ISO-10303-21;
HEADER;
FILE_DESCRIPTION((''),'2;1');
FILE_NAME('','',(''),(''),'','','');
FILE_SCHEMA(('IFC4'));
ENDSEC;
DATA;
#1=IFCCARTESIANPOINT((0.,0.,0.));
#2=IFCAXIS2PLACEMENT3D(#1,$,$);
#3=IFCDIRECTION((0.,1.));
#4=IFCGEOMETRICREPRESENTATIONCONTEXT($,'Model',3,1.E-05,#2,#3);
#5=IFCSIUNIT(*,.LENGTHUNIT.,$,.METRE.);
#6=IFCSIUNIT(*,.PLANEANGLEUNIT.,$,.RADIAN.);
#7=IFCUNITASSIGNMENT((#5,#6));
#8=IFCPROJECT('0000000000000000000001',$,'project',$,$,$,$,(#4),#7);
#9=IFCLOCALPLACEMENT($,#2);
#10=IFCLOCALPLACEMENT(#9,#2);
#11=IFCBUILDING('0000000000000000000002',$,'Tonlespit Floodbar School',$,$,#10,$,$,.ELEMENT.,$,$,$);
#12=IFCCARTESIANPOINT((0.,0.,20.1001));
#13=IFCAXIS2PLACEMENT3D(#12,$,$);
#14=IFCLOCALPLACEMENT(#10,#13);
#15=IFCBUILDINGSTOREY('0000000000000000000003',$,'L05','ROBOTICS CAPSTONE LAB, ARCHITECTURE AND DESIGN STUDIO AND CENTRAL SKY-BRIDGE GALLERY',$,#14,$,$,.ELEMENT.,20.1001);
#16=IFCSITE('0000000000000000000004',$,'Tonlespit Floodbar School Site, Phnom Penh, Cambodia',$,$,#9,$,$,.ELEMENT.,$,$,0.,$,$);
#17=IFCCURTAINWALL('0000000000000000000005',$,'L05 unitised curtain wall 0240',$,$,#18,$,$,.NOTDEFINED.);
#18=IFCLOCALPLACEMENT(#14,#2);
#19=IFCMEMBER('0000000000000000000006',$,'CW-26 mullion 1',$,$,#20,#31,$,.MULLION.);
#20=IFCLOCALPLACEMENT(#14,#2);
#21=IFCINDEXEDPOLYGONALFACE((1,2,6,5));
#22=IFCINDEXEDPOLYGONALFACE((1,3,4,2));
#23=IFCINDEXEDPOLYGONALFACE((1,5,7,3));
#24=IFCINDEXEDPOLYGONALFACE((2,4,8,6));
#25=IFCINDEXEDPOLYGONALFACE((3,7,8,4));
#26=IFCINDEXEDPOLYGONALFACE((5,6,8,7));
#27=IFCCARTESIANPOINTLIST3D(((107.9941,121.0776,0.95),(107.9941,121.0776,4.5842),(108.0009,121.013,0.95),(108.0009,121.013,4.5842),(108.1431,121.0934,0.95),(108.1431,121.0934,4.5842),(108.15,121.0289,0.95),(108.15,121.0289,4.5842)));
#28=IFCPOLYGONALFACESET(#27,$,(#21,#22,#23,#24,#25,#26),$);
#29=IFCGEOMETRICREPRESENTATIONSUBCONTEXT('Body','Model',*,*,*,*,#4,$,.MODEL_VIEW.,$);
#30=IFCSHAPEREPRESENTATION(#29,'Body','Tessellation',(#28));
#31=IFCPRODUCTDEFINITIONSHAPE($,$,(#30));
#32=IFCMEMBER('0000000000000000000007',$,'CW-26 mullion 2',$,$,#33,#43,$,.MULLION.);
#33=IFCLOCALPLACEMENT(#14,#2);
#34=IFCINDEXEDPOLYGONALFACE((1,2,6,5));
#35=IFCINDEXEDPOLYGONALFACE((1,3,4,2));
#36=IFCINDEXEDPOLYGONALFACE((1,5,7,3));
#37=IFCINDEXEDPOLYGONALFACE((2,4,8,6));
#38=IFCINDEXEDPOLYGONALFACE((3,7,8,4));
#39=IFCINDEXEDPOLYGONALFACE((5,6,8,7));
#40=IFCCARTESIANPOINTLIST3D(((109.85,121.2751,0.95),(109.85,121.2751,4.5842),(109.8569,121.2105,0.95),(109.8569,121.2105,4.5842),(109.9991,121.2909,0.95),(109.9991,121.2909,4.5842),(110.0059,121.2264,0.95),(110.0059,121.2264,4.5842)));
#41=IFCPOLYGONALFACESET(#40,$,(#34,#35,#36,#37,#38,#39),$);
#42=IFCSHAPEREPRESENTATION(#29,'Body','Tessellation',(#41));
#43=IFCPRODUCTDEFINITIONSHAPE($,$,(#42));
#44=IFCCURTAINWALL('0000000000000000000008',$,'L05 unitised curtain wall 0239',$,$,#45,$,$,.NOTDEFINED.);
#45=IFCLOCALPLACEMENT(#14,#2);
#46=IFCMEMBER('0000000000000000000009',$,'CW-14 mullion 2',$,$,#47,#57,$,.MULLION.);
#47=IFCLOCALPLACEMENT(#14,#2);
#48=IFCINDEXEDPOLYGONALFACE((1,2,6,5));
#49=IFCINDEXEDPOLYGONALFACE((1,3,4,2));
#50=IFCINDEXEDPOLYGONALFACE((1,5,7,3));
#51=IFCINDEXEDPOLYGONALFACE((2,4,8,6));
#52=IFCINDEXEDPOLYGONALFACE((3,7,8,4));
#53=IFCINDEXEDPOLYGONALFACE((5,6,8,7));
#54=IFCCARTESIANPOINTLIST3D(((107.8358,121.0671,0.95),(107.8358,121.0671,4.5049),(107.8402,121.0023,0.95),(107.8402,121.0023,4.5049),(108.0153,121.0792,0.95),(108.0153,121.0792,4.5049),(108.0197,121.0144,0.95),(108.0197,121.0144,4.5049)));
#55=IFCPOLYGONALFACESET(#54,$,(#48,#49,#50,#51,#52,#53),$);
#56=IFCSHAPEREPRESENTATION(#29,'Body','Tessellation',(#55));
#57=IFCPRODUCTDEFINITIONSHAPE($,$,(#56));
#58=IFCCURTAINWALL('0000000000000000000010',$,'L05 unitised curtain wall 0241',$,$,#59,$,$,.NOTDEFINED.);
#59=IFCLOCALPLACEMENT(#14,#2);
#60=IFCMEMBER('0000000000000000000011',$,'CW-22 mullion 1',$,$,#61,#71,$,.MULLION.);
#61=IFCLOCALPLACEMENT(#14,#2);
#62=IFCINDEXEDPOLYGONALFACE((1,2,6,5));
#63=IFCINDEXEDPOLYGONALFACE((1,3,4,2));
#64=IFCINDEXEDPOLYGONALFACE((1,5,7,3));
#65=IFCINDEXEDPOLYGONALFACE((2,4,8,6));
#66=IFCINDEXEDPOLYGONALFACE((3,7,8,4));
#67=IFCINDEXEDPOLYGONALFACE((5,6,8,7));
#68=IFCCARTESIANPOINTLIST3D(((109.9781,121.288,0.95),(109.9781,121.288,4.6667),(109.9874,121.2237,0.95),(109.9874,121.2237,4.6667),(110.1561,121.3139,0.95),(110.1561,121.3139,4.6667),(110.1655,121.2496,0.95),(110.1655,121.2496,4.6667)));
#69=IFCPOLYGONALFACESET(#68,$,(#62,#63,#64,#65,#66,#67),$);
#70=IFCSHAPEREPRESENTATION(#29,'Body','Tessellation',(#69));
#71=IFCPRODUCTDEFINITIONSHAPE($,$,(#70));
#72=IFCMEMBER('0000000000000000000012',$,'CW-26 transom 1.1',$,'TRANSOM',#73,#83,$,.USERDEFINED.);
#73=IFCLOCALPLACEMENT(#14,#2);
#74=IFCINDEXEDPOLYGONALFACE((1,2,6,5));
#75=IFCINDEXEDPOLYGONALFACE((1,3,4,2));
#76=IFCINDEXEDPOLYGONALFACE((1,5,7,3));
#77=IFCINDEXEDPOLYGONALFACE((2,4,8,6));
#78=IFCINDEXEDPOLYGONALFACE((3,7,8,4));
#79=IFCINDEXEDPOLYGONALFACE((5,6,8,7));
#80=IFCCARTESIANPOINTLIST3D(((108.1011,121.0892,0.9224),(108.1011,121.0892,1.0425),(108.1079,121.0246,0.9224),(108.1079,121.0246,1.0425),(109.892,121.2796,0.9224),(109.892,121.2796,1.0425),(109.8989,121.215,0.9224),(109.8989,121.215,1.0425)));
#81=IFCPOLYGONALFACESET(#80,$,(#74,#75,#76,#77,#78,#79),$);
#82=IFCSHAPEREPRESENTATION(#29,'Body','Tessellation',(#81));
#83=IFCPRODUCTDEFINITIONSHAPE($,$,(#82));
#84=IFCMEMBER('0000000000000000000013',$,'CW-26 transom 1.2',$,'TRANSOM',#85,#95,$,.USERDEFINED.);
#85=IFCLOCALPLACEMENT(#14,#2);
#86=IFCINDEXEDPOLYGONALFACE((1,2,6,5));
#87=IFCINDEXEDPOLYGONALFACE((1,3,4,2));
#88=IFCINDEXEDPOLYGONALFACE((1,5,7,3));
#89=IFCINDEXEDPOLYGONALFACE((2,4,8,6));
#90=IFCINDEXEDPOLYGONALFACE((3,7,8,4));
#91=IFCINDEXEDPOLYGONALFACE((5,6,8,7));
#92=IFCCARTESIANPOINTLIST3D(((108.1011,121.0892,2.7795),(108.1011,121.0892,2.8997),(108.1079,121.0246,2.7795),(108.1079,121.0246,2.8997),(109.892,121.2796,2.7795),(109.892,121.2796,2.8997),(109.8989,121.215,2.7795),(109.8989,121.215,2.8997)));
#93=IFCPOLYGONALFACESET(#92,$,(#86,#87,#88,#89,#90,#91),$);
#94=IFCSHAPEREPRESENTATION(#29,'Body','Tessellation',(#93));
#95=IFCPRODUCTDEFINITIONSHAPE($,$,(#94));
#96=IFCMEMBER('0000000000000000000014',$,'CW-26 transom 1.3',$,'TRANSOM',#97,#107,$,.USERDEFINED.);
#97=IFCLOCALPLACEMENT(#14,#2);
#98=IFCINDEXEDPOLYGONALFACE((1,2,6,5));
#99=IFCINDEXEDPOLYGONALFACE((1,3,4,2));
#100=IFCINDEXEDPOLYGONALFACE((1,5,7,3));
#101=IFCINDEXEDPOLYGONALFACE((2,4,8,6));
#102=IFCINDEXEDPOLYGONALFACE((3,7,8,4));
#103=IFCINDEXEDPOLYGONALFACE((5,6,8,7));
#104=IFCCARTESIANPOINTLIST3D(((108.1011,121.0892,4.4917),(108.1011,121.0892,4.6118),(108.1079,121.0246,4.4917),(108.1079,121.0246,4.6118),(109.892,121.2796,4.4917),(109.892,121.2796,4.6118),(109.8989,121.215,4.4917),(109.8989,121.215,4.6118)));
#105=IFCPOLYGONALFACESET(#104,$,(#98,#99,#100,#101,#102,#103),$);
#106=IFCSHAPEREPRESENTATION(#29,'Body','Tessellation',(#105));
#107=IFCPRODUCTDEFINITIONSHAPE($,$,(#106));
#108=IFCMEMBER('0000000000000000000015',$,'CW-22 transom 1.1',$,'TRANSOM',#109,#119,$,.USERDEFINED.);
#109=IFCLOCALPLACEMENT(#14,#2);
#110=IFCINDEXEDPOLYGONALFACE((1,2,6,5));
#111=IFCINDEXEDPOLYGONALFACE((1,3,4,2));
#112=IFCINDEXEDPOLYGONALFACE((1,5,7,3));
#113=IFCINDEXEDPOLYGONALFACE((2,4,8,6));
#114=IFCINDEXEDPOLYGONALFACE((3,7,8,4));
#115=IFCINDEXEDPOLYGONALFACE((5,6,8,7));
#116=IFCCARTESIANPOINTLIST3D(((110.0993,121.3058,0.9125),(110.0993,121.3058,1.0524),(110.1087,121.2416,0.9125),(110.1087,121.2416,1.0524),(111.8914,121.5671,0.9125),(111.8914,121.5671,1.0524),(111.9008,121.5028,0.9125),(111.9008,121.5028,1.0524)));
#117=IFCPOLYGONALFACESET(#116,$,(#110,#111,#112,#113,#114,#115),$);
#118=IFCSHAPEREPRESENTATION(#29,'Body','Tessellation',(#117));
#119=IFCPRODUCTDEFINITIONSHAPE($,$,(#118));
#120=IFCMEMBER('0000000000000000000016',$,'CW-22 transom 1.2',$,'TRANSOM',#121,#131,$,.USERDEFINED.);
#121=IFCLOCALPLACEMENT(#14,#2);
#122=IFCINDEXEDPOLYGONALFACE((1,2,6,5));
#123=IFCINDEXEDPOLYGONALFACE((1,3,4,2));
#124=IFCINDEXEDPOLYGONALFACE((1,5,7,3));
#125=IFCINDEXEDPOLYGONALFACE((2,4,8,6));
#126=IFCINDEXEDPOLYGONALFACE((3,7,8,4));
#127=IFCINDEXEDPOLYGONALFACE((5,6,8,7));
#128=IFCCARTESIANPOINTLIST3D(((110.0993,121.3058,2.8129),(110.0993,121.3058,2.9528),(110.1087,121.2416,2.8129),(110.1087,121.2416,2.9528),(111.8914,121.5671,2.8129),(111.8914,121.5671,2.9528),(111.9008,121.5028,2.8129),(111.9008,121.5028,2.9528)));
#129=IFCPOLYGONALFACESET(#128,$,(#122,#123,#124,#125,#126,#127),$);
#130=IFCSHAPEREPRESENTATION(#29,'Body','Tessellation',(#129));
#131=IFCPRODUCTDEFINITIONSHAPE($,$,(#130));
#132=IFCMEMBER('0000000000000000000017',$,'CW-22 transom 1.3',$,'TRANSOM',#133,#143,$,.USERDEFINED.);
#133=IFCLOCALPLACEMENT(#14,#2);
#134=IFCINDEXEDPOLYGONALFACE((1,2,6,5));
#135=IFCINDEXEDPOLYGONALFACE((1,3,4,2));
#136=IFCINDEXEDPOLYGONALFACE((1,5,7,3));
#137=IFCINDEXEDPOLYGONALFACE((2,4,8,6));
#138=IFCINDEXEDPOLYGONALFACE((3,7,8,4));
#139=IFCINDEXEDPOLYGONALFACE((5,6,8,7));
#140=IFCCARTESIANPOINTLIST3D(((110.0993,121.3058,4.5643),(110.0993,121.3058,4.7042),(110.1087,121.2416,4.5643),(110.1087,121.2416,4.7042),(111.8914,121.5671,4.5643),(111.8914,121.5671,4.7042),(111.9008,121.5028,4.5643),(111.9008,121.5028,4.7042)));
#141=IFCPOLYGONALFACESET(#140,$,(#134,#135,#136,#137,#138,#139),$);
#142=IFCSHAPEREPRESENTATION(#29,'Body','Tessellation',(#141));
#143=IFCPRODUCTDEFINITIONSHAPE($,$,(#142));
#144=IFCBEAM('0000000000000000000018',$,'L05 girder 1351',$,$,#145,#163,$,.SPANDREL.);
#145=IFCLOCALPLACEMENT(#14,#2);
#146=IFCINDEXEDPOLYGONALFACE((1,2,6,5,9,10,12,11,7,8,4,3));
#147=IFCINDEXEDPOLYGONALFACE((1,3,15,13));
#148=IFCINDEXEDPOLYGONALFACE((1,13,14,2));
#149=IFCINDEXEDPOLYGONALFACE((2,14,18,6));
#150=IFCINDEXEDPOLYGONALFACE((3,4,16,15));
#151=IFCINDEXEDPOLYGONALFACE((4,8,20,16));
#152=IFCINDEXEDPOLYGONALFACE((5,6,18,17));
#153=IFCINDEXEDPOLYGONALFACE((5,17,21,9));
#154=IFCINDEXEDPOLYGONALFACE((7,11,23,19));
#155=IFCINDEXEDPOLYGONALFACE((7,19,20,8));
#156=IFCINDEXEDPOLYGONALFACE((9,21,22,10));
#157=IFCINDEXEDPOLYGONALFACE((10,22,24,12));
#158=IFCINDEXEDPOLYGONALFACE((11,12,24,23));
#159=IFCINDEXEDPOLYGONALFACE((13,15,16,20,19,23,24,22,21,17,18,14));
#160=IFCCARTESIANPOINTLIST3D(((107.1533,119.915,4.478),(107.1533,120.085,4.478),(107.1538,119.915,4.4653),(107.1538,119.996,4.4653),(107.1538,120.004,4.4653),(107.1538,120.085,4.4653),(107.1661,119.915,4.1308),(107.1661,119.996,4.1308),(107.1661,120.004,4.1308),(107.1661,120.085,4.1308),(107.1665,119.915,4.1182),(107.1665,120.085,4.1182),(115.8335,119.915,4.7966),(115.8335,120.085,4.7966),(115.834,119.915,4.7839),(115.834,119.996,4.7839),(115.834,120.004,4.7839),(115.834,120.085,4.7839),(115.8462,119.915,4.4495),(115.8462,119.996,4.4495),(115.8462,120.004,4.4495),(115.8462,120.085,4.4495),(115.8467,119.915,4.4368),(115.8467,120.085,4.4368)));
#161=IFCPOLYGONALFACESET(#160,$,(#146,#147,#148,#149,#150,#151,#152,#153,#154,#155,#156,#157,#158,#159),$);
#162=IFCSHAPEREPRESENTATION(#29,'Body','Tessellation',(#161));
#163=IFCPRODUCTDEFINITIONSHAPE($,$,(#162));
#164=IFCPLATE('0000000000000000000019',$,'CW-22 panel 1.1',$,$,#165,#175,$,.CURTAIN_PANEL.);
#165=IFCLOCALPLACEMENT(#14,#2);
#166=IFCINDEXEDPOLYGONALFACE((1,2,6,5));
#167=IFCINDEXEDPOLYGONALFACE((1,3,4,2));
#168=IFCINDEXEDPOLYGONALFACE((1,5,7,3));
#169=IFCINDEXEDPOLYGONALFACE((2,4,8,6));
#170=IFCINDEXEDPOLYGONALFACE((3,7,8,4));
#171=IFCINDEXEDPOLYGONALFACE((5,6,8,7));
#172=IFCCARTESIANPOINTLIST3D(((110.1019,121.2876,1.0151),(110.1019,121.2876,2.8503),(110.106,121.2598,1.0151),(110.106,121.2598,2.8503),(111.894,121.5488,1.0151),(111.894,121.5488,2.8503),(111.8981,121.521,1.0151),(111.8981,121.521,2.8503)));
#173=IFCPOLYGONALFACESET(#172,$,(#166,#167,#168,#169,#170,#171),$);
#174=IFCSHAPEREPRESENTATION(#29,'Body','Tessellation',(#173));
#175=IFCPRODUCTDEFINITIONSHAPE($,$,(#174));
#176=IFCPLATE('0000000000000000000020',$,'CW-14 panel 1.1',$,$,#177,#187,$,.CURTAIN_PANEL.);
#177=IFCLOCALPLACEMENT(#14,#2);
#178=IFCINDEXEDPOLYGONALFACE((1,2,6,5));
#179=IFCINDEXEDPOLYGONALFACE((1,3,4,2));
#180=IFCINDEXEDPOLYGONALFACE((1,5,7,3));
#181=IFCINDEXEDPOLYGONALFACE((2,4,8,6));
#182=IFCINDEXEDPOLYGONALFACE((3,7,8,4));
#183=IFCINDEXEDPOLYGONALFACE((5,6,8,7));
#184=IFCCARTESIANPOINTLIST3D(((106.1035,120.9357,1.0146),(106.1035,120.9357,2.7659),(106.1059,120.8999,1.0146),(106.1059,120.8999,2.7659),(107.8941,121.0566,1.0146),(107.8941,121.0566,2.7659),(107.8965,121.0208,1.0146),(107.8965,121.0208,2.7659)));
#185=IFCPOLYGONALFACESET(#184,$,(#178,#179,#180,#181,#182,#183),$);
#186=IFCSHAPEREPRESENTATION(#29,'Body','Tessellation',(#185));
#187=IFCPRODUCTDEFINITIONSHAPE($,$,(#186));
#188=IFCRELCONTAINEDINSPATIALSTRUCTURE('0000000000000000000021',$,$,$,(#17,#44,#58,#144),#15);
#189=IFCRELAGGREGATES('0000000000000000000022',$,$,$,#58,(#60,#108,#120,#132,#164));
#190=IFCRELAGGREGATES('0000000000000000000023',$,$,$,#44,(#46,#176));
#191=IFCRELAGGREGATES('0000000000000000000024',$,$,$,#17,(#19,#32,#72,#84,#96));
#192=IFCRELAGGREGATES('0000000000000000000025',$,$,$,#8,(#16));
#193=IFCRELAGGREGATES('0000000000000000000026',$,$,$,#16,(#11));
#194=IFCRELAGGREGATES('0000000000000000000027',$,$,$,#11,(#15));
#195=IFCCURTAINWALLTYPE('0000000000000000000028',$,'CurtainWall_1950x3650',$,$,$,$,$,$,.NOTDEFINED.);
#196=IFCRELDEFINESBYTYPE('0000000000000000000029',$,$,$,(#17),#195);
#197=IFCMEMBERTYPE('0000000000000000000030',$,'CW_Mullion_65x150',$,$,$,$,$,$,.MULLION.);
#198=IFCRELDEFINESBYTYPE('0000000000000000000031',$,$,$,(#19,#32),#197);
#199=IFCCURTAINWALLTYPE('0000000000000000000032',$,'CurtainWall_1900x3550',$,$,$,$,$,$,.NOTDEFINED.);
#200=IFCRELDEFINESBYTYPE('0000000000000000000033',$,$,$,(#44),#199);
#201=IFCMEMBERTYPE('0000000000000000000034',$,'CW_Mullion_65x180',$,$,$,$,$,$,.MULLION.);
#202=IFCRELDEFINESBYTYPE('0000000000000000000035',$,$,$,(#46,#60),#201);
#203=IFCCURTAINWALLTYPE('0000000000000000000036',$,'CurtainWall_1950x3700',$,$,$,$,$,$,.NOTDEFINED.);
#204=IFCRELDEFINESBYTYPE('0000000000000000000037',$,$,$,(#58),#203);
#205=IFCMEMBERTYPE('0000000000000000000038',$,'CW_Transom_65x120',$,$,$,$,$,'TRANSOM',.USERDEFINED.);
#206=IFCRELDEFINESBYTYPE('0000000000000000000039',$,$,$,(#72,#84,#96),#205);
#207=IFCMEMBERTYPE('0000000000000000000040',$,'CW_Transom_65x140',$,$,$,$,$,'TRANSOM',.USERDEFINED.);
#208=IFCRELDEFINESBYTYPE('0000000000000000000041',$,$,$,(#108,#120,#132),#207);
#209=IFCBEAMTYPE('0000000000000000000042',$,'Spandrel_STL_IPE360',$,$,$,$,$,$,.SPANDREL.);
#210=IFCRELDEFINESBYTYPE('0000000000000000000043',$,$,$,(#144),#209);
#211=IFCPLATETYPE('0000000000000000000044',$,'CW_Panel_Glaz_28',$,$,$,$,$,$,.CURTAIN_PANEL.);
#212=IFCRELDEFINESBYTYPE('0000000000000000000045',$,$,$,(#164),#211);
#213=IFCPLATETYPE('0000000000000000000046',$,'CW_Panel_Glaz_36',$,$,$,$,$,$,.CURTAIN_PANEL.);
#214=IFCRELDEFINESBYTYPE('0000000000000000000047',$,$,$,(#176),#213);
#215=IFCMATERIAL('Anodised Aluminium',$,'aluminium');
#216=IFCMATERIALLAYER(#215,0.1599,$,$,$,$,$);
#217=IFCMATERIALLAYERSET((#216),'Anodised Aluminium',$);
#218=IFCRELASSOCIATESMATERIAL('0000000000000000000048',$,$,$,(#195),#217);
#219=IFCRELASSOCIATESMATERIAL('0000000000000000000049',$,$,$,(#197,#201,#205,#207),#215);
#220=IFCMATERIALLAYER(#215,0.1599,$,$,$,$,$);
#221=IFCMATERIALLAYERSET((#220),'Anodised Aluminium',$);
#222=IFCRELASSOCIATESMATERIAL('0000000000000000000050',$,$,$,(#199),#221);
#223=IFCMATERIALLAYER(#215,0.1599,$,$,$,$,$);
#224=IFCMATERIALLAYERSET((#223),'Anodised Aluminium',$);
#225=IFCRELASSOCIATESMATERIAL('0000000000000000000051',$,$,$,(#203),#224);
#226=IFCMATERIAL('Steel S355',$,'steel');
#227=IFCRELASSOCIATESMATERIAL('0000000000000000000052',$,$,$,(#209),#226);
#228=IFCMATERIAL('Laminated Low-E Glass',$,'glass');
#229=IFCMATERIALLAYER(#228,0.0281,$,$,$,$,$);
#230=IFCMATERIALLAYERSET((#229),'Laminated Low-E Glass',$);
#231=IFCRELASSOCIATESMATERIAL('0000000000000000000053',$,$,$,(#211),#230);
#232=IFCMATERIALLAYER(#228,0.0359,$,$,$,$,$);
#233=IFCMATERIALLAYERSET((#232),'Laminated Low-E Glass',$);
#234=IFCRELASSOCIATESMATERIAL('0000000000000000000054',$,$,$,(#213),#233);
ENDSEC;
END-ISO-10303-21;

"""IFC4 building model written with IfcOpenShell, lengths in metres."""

from ifc_helpers import new_model, si_unit, direction, frame, origin, origin_2d, place, context, subcontext, project, spatial, rectangle, i_section, extrude, material, layer, layer_set, material_profile, profile_set, type_object, element, aggregate, save


model = new_model("IFC4")

# Units and contexts
model_context = context("Model", 3, precision=1e-05, world=origin(), true_north=direction((0.0, 1.0)))
body_context = subcontext(model_context, "Body", "Model", "MODEL_VIEW")
ifc_project = project(units=[si_unit("LENGTHUNIT", "METRE"), si_unit("PLANEANGLEUNIT", "RADIAN")], contexts=[model_context])

# Site, building, storey
site_placement = place(None, origin())
site = spatial("IfcSite", under=ifc_project, at=site_placement, Name="Tonlespit Floodbar School Site, Phnom Penh, Cambodia", CompositionType="ELEMENT", RefElevation=0.0)
building_placement = place(site_placement, origin())
building = spatial("IfcBuilding", under=site, at=building_placement, Name="Tonlespit Floodbar School", CompositionType="ELEMENT")
storey_placement = place(building_placement, frame((0.0, 0.0, 20.1001)))
storey = spatial("IfcBuildingStorey", under=building, at=storey_placement, Name="L05", Description="ROBOTICS CAPSTONE LAB, ARCHITECTURE AND DESIGN STUDIO AND CENTRAL SKY-BRIDGE GALLERY", CompositionType="ELEMENT", Elevation=20.1001)

# Curtain wall, members
ifc_material_1 = material(Name="Anodised Aluminium", Category="aluminium")
ifc_layer_1 = layer(ifc_material_1, 0.1599)
ifc_layer_set_1 = layer_set([ifc_layer_1], Name="Anodised Aluminium")
curtain_wall_type_1 = type_object("IfcCurtainWallType", Name="CurtainWall_1950x3650", PredefinedType="NOTDEFINED", material=ifc_layer_set_1)
curtain_wall_1_placement = place(storey_placement, origin())
curtain_wall_1 = element("IfcCurtainWall", 1, at=curtain_wall_1_placement, inside=storey, type_object=curtain_wall_type_1, Name="L05 unitised curtain wall 0240", PredefinedType="NOTDEFINED")
ifc_material_profile_1 = material_profile(ifc_material_1, rectangle(XDim=0.0649, YDim=0.1499, at=origin_2d()), Name="ALU M65x150")
ifc_profile_set_1 = profile_set([ifc_material_profile_1], Name="Anodised Aluminium")
member_type_1 = type_object("IfcMemberType", Name="CW_Mullion_65x150", PredefinedType="MULLION", material=ifc_profile_set_1)
member_1_placement = place(storey_placement, frame((108.072, 121.0532, 0.95), z_axis=(0.0, 0.0, 1.0), x_axis=(-0.105787, 0.994389, 0.0)))
member_1 = element("IfcMember", 2, at=member_1_placement, type_object=member_type_1, Name="CW-26 mullion 1", PredefinedType="MULLION", context=body_context, shape_type="SweptSolid", body=[
    extrude(rectangle(XDim=0.0649, YDim=0.1499, at=origin_2d()), origin(), (0.0, 0.0, 1.0), 3.6343),
])
member_2_placement = place(storey_placement, frame((109.928, 121.2507, 0.95), z_axis=(0.0, 0.0, 1.0), x_axis=(-0.105787, 0.994389, 0.0)))
member_2 = element("IfcMember", 3, at=member_2_placement, type_object=member_type_1, Name="CW-26 mullion 2", PredefinedType="MULLION", context=body_context, shape_type="SweptSolid", body=[
    extrude(rectangle(XDim=0.0649, YDim=0.1499, at=origin_2d()), origin(), (0.0, 0.0, 1.0), 3.6343),
])

# Curtain walls, members
ifc_layer_2 = layer(ifc_material_1, 0.1599)
ifc_layer_set_2 = layer_set([ifc_layer_2], Name="Anodised Aluminium")
curtain_wall_type_2 = type_object("IfcCurtainWallType", Name="CurtainWall_1900x3550", PredefinedType="NOTDEFINED", material=ifc_layer_set_2)
curtain_wall_2_placement = place(storey_placement, origin())
curtain_wall_2 = element("IfcCurtainWall", 4, at=curtain_wall_2_placement, inside=storey, type_object=curtain_wall_type_2, Name="L05 unitised curtain wall 0239", PredefinedType="NOTDEFINED")
ifc_material_profile_2 = material_profile(ifc_material_1, rectangle(XDim=0.0649, YDim=0.1799, at=origin_2d()), Name="ALU M65x180")
ifc_profile_set_2 = profile_set([ifc_material_profile_2], Name="Anodised Aluminium")
member_type_2 = type_object("IfcMemberType", Name="CW_Mullion_65x180", PredefinedType="MULLION", material=ifc_profile_set_2)
member_3_placement = place(storey_placement, frame((107.9277, 121.0408, 0.95), z_axis=(0.0, 0.0, 1.0), x_axis=(-0.06734, 0.99773, 0.0)))
member_3 = element("IfcMember", 5, at=member_3_placement, type_object=member_type_2, Name="CW-14 mullion 2", PredefinedType="MULLION", context=body_context, shape_type="SweptSolid", body=[
    extrude(rectangle(XDim=0.0649, YDim=0.1799, at=origin_2d()), origin(), (0.0, 0.0, 1.0), 3.5549),
])
ifc_layer_3 = layer(ifc_material_1, 0.1599)
ifc_layer_set_3 = layer_set([ifc_layer_3], Name="Anodised Aluminium")
curtain_wall_type_3 = type_object("IfcCurtainWallType", Name="CurtainWall_1950x3700", PredefinedType="NOTDEFINED", material=ifc_layer_set_3)
curtain_wall_3_placement = place(storey_placement, origin())
curtain_wall_3 = element("IfcCurtainWall", 6, at=curtain_wall_3_placement, inside=storey, type_object=curtain_wall_type_3, Name="L05 unitised curtain wall 0241", PredefinedType="NOTDEFINED")
member_4_placement = place(storey_placement, frame((110.0718, 121.2688, 0.95), z_axis=(0.0, 0.0, 1.0), x_axis=(-0.144248, 0.989542, 0.0)))
member_4 = element("IfcMember", 7, at=member_4_placement, type_object=member_type_2, Name="CW-22 mullion 1", PredefinedType="MULLION", context=body_context, shape_type="SweptSolid", body=[
    extrude(rectangle(XDim=0.0649, YDim=0.1799, at=origin_2d()), origin(), (0.0, 0.0, 1.0), 3.7168),
])

# Members
ifc_material_profile_3 = material_profile(ifc_material_1, rectangle(XDim=0.0649, YDim=0.1201, at=origin_2d()), Name="ALU T65x120")
ifc_profile_set_3 = profile_set([ifc_material_profile_3], Name="Anodised Aluminium")
member_type_3 = type_object("IfcMemberType", Name="CW_Transom_65x120", ElementType="TRANSOM", PredefinedType="USERDEFINED", material=ifc_profile_set_3)
member_5_placement = place(storey_placement, frame((108.1045, 121.0569, 0.9824), z_axis=(0.994395, 0.105729, 0.0), x_axis=(-0.105729, 0.994395, 0.0)))
member_5 = element("IfcMember", 8, at=member_5_placement, type_object=member_type_3, Name="CW-26 transom 1.1", ObjectType="TRANSOM", PredefinedType="USERDEFINED", context=body_context, shape_type="SweptSolid", body=[
    extrude(rectangle(XDim=0.0649, YDim=0.1201, at=origin_2d()), origin(), (0.0, 0.0, 1.0), 1.801),
])
member_6_placement = place(storey_placement, frame((108.1045, 121.0569, 2.8396), z_axis=(0.994395, 0.105729, 0.0), x_axis=(-0.105729, 0.994395, 0.0)))
member_6 = element("IfcMember", 9, at=member_6_placement, type_object=member_type_3, Name="CW-26 transom 1.2", ObjectType="TRANSOM", PredefinedType="USERDEFINED", context=body_context, shape_type="SweptSolid", body=[
    extrude(rectangle(XDim=0.0649, YDim=0.1201, at=origin_2d()), origin(), (0.0, 0.0, 1.0), 1.801),
])
member_7_placement = place(storey_placement, frame((108.1045, 121.0569, 4.5518), z_axis=(0.994395, 0.105729, 0.0), x_axis=(-0.105729, 0.994395, 0.0)))
member_7 = element("IfcMember", 10, at=member_7_placement, type_object=member_type_3, Name="CW-26 transom 1.3", ObjectType="TRANSOM", PredefinedType="USERDEFINED", context=body_context, shape_type="SweptSolid", body=[
    extrude(rectangle(XDim=0.0649, YDim=0.1201, at=origin_2d()), origin(), (0.0, 0.0, 1.0), 1.801),
])
ifc_material_profile_4 = material_profile(ifc_material_1, rectangle(XDim=0.0649, YDim=0.1399, at=origin_2d()), Name="ALU T65x140")
ifc_profile_set_4 = profile_set([ifc_material_profile_4], Name="Anodised Aluminium")
member_type_4 = type_object("IfcMemberType", Name="CW_Transom_65x140", ElementType="TRANSOM", PredefinedType="USERDEFINED", material=ifc_profile_set_4)
member_8_placement = place(storey_placement, frame((110.104, 121.2737, 0.9824), z_axis=(0.989541, 0.144252, 0.0), x_axis=(-0.144252, 0.989541, 0.0)))
member_8 = element("IfcMember", 11, at=member_8_placement, type_object=member_type_4, Name="CW-22 transom 1.1", ObjectType="TRANSOM", PredefinedType="USERDEFINED", context=body_context, shape_type="SweptSolid", body=[
    extrude(rectangle(XDim=0.0649, YDim=0.1399, at=origin_2d()), origin(), (0.0, 0.0, 1.0), 1.811),
])
member_9_placement = place(storey_placement, frame((110.104, 121.2737, 2.8828), z_axis=(0.989541, 0.144252, 0.0), x_axis=(-0.144252, 0.989541, 0.0)))
member_9 = element("IfcMember", 12, at=member_9_placement, type_object=member_type_4, Name="CW-22 transom 1.2", ObjectType="TRANSOM", PredefinedType="USERDEFINED", context=body_context, shape_type="SweptSolid", body=[
    extrude(rectangle(XDim=0.0649, YDim=0.1399, at=origin_2d()), origin(), (0.0, 0.0, 1.0), 1.811),
])
member_10_placement = place(storey_placement, frame((110.104, 121.2737, 4.6343), z_axis=(0.989541, 0.144252, 0.0), x_axis=(-0.144252, 0.989541, 0.0)))
member_10 = element("IfcMember", 13, at=member_10_placement, type_object=member_type_4, Name="CW-22 transom 1.3", ObjectType="TRANSOM", PredefinedType="USERDEFINED", context=body_context, shape_type="SweptSolid", body=[
    extrude(rectangle(XDim=0.0649, YDim=0.1399, at=origin_2d()), origin(), (0.0, 0.0, 1.0), 1.811),
])

# Beam
ifc_material_2 = material(Name="Steel S355", Category="steel")
ifc_material_profile_5 = material_profile(ifc_material_2, i_section(OverallWidth=0.1699, OverallDepth=0.3601, WebThickness=0.0081, FlangeThickness=0.0127, at=origin_2d()), Name="IPE 360")
ifc_profile_set_5 = profile_set([ifc_material_profile_5], Name="Steel S355")
beam_type = type_object("IfcBeamType", Name="Spandrel_STL_IPE360", PredefinedType="SPANDREL", material=ifc_profile_set_5)
beam_placement = place(storey_placement, frame((107.1599, 120.0, 4.2981), z_axis=(0.999327, 0.0, 0.03668), x_axis=(0.0, 1.0, 0.0)))
element("IfcBeam", 14, at=beam_placement, inside=storey, type_object=beam_type, Name="L05 girder 1351", PredefinedType="SPANDREL", context=body_context, shape_type="SweptSolid", body=[
    extrude(i_section(OverallWidth=0.1699, OverallDepth=0.3601, WebThickness=0.0081, FlangeThickness=0.0127, at=origin_2d()), origin(), (0.0, 0.0, 1.0), 8.686),
])

# Plates
ifc_material_3 = material(Name="Laminated Low-E Glass", Category="glass")
ifc_layer_4 = layer(ifc_material_3, 0.0281)
ifc_layer_set_4 = layer_set([ifc_layer_4], Name="Laminated Low-E Glass")
plate_type_1 = type_object("IfcPlateType", Name="CW_Panel_Glaz_28", PredefinedType="CURTAIN_PANEL", material=ifc_layer_set_4)
plate_1_placement = place(storey_placement, frame((111.0, 121.4043, 1.0151), z_axis=(0.0, 0.0, 1.0), x_axis=(0.989542, 0.144248, 0.0)))
plate_1 = element("IfcPlate", 15, at=plate_1_placement, type_object=plate_type_1, Name="CW-22 panel 1.1", PredefinedType="CURTAIN_PANEL", context=body_context, shape_type="SweptSolid", body=[
    extrude(rectangle(XDim=1.811, YDim=0.0281, at=origin_2d()), origin(), (0.0, 0.0, 1.0), 1.8352),
])
aggregate(curtain_wall_3, [member_4, member_8, member_9, member_10, plate_1])
ifc_layer_5 = layer(ifc_material_3, 0.0359)
ifc_layer_set_5 = layer_set([ifc_layer_5], Name="Laminated Low-E Glass")
plate_type_2 = type_object("IfcPlateType", Name="CW_Panel_Glaz_36", PredefinedType="CURTAIN_PANEL", material=ifc_layer_set_5)
plate_2_placement = place(storey_placement, frame((107.0, 120.9783, 1.0146), z_axis=(0.0, 0.0, 1.0), x_axis=(0.99773, 0.06734, 0.0)))
plate_2 = element("IfcPlate", 16, at=plate_2_placement, type_object=plate_type_2, Name="CW-14 panel 1.1", PredefinedType="CURTAIN_PANEL", context=body_context, shape_type="SweptSolid", body=[
    extrude(rectangle(XDim=1.7947, YDim=0.0359, at=origin_2d()), origin(), (0.0, 0.0, 1.0), 1.7512),
])
aggregate(curtain_wall_2, [member_3, plate_2])
aggregate(curtain_wall_1, [member_1, member_2, member_5, member_6, member_7])

save(model, "model.ifc")
